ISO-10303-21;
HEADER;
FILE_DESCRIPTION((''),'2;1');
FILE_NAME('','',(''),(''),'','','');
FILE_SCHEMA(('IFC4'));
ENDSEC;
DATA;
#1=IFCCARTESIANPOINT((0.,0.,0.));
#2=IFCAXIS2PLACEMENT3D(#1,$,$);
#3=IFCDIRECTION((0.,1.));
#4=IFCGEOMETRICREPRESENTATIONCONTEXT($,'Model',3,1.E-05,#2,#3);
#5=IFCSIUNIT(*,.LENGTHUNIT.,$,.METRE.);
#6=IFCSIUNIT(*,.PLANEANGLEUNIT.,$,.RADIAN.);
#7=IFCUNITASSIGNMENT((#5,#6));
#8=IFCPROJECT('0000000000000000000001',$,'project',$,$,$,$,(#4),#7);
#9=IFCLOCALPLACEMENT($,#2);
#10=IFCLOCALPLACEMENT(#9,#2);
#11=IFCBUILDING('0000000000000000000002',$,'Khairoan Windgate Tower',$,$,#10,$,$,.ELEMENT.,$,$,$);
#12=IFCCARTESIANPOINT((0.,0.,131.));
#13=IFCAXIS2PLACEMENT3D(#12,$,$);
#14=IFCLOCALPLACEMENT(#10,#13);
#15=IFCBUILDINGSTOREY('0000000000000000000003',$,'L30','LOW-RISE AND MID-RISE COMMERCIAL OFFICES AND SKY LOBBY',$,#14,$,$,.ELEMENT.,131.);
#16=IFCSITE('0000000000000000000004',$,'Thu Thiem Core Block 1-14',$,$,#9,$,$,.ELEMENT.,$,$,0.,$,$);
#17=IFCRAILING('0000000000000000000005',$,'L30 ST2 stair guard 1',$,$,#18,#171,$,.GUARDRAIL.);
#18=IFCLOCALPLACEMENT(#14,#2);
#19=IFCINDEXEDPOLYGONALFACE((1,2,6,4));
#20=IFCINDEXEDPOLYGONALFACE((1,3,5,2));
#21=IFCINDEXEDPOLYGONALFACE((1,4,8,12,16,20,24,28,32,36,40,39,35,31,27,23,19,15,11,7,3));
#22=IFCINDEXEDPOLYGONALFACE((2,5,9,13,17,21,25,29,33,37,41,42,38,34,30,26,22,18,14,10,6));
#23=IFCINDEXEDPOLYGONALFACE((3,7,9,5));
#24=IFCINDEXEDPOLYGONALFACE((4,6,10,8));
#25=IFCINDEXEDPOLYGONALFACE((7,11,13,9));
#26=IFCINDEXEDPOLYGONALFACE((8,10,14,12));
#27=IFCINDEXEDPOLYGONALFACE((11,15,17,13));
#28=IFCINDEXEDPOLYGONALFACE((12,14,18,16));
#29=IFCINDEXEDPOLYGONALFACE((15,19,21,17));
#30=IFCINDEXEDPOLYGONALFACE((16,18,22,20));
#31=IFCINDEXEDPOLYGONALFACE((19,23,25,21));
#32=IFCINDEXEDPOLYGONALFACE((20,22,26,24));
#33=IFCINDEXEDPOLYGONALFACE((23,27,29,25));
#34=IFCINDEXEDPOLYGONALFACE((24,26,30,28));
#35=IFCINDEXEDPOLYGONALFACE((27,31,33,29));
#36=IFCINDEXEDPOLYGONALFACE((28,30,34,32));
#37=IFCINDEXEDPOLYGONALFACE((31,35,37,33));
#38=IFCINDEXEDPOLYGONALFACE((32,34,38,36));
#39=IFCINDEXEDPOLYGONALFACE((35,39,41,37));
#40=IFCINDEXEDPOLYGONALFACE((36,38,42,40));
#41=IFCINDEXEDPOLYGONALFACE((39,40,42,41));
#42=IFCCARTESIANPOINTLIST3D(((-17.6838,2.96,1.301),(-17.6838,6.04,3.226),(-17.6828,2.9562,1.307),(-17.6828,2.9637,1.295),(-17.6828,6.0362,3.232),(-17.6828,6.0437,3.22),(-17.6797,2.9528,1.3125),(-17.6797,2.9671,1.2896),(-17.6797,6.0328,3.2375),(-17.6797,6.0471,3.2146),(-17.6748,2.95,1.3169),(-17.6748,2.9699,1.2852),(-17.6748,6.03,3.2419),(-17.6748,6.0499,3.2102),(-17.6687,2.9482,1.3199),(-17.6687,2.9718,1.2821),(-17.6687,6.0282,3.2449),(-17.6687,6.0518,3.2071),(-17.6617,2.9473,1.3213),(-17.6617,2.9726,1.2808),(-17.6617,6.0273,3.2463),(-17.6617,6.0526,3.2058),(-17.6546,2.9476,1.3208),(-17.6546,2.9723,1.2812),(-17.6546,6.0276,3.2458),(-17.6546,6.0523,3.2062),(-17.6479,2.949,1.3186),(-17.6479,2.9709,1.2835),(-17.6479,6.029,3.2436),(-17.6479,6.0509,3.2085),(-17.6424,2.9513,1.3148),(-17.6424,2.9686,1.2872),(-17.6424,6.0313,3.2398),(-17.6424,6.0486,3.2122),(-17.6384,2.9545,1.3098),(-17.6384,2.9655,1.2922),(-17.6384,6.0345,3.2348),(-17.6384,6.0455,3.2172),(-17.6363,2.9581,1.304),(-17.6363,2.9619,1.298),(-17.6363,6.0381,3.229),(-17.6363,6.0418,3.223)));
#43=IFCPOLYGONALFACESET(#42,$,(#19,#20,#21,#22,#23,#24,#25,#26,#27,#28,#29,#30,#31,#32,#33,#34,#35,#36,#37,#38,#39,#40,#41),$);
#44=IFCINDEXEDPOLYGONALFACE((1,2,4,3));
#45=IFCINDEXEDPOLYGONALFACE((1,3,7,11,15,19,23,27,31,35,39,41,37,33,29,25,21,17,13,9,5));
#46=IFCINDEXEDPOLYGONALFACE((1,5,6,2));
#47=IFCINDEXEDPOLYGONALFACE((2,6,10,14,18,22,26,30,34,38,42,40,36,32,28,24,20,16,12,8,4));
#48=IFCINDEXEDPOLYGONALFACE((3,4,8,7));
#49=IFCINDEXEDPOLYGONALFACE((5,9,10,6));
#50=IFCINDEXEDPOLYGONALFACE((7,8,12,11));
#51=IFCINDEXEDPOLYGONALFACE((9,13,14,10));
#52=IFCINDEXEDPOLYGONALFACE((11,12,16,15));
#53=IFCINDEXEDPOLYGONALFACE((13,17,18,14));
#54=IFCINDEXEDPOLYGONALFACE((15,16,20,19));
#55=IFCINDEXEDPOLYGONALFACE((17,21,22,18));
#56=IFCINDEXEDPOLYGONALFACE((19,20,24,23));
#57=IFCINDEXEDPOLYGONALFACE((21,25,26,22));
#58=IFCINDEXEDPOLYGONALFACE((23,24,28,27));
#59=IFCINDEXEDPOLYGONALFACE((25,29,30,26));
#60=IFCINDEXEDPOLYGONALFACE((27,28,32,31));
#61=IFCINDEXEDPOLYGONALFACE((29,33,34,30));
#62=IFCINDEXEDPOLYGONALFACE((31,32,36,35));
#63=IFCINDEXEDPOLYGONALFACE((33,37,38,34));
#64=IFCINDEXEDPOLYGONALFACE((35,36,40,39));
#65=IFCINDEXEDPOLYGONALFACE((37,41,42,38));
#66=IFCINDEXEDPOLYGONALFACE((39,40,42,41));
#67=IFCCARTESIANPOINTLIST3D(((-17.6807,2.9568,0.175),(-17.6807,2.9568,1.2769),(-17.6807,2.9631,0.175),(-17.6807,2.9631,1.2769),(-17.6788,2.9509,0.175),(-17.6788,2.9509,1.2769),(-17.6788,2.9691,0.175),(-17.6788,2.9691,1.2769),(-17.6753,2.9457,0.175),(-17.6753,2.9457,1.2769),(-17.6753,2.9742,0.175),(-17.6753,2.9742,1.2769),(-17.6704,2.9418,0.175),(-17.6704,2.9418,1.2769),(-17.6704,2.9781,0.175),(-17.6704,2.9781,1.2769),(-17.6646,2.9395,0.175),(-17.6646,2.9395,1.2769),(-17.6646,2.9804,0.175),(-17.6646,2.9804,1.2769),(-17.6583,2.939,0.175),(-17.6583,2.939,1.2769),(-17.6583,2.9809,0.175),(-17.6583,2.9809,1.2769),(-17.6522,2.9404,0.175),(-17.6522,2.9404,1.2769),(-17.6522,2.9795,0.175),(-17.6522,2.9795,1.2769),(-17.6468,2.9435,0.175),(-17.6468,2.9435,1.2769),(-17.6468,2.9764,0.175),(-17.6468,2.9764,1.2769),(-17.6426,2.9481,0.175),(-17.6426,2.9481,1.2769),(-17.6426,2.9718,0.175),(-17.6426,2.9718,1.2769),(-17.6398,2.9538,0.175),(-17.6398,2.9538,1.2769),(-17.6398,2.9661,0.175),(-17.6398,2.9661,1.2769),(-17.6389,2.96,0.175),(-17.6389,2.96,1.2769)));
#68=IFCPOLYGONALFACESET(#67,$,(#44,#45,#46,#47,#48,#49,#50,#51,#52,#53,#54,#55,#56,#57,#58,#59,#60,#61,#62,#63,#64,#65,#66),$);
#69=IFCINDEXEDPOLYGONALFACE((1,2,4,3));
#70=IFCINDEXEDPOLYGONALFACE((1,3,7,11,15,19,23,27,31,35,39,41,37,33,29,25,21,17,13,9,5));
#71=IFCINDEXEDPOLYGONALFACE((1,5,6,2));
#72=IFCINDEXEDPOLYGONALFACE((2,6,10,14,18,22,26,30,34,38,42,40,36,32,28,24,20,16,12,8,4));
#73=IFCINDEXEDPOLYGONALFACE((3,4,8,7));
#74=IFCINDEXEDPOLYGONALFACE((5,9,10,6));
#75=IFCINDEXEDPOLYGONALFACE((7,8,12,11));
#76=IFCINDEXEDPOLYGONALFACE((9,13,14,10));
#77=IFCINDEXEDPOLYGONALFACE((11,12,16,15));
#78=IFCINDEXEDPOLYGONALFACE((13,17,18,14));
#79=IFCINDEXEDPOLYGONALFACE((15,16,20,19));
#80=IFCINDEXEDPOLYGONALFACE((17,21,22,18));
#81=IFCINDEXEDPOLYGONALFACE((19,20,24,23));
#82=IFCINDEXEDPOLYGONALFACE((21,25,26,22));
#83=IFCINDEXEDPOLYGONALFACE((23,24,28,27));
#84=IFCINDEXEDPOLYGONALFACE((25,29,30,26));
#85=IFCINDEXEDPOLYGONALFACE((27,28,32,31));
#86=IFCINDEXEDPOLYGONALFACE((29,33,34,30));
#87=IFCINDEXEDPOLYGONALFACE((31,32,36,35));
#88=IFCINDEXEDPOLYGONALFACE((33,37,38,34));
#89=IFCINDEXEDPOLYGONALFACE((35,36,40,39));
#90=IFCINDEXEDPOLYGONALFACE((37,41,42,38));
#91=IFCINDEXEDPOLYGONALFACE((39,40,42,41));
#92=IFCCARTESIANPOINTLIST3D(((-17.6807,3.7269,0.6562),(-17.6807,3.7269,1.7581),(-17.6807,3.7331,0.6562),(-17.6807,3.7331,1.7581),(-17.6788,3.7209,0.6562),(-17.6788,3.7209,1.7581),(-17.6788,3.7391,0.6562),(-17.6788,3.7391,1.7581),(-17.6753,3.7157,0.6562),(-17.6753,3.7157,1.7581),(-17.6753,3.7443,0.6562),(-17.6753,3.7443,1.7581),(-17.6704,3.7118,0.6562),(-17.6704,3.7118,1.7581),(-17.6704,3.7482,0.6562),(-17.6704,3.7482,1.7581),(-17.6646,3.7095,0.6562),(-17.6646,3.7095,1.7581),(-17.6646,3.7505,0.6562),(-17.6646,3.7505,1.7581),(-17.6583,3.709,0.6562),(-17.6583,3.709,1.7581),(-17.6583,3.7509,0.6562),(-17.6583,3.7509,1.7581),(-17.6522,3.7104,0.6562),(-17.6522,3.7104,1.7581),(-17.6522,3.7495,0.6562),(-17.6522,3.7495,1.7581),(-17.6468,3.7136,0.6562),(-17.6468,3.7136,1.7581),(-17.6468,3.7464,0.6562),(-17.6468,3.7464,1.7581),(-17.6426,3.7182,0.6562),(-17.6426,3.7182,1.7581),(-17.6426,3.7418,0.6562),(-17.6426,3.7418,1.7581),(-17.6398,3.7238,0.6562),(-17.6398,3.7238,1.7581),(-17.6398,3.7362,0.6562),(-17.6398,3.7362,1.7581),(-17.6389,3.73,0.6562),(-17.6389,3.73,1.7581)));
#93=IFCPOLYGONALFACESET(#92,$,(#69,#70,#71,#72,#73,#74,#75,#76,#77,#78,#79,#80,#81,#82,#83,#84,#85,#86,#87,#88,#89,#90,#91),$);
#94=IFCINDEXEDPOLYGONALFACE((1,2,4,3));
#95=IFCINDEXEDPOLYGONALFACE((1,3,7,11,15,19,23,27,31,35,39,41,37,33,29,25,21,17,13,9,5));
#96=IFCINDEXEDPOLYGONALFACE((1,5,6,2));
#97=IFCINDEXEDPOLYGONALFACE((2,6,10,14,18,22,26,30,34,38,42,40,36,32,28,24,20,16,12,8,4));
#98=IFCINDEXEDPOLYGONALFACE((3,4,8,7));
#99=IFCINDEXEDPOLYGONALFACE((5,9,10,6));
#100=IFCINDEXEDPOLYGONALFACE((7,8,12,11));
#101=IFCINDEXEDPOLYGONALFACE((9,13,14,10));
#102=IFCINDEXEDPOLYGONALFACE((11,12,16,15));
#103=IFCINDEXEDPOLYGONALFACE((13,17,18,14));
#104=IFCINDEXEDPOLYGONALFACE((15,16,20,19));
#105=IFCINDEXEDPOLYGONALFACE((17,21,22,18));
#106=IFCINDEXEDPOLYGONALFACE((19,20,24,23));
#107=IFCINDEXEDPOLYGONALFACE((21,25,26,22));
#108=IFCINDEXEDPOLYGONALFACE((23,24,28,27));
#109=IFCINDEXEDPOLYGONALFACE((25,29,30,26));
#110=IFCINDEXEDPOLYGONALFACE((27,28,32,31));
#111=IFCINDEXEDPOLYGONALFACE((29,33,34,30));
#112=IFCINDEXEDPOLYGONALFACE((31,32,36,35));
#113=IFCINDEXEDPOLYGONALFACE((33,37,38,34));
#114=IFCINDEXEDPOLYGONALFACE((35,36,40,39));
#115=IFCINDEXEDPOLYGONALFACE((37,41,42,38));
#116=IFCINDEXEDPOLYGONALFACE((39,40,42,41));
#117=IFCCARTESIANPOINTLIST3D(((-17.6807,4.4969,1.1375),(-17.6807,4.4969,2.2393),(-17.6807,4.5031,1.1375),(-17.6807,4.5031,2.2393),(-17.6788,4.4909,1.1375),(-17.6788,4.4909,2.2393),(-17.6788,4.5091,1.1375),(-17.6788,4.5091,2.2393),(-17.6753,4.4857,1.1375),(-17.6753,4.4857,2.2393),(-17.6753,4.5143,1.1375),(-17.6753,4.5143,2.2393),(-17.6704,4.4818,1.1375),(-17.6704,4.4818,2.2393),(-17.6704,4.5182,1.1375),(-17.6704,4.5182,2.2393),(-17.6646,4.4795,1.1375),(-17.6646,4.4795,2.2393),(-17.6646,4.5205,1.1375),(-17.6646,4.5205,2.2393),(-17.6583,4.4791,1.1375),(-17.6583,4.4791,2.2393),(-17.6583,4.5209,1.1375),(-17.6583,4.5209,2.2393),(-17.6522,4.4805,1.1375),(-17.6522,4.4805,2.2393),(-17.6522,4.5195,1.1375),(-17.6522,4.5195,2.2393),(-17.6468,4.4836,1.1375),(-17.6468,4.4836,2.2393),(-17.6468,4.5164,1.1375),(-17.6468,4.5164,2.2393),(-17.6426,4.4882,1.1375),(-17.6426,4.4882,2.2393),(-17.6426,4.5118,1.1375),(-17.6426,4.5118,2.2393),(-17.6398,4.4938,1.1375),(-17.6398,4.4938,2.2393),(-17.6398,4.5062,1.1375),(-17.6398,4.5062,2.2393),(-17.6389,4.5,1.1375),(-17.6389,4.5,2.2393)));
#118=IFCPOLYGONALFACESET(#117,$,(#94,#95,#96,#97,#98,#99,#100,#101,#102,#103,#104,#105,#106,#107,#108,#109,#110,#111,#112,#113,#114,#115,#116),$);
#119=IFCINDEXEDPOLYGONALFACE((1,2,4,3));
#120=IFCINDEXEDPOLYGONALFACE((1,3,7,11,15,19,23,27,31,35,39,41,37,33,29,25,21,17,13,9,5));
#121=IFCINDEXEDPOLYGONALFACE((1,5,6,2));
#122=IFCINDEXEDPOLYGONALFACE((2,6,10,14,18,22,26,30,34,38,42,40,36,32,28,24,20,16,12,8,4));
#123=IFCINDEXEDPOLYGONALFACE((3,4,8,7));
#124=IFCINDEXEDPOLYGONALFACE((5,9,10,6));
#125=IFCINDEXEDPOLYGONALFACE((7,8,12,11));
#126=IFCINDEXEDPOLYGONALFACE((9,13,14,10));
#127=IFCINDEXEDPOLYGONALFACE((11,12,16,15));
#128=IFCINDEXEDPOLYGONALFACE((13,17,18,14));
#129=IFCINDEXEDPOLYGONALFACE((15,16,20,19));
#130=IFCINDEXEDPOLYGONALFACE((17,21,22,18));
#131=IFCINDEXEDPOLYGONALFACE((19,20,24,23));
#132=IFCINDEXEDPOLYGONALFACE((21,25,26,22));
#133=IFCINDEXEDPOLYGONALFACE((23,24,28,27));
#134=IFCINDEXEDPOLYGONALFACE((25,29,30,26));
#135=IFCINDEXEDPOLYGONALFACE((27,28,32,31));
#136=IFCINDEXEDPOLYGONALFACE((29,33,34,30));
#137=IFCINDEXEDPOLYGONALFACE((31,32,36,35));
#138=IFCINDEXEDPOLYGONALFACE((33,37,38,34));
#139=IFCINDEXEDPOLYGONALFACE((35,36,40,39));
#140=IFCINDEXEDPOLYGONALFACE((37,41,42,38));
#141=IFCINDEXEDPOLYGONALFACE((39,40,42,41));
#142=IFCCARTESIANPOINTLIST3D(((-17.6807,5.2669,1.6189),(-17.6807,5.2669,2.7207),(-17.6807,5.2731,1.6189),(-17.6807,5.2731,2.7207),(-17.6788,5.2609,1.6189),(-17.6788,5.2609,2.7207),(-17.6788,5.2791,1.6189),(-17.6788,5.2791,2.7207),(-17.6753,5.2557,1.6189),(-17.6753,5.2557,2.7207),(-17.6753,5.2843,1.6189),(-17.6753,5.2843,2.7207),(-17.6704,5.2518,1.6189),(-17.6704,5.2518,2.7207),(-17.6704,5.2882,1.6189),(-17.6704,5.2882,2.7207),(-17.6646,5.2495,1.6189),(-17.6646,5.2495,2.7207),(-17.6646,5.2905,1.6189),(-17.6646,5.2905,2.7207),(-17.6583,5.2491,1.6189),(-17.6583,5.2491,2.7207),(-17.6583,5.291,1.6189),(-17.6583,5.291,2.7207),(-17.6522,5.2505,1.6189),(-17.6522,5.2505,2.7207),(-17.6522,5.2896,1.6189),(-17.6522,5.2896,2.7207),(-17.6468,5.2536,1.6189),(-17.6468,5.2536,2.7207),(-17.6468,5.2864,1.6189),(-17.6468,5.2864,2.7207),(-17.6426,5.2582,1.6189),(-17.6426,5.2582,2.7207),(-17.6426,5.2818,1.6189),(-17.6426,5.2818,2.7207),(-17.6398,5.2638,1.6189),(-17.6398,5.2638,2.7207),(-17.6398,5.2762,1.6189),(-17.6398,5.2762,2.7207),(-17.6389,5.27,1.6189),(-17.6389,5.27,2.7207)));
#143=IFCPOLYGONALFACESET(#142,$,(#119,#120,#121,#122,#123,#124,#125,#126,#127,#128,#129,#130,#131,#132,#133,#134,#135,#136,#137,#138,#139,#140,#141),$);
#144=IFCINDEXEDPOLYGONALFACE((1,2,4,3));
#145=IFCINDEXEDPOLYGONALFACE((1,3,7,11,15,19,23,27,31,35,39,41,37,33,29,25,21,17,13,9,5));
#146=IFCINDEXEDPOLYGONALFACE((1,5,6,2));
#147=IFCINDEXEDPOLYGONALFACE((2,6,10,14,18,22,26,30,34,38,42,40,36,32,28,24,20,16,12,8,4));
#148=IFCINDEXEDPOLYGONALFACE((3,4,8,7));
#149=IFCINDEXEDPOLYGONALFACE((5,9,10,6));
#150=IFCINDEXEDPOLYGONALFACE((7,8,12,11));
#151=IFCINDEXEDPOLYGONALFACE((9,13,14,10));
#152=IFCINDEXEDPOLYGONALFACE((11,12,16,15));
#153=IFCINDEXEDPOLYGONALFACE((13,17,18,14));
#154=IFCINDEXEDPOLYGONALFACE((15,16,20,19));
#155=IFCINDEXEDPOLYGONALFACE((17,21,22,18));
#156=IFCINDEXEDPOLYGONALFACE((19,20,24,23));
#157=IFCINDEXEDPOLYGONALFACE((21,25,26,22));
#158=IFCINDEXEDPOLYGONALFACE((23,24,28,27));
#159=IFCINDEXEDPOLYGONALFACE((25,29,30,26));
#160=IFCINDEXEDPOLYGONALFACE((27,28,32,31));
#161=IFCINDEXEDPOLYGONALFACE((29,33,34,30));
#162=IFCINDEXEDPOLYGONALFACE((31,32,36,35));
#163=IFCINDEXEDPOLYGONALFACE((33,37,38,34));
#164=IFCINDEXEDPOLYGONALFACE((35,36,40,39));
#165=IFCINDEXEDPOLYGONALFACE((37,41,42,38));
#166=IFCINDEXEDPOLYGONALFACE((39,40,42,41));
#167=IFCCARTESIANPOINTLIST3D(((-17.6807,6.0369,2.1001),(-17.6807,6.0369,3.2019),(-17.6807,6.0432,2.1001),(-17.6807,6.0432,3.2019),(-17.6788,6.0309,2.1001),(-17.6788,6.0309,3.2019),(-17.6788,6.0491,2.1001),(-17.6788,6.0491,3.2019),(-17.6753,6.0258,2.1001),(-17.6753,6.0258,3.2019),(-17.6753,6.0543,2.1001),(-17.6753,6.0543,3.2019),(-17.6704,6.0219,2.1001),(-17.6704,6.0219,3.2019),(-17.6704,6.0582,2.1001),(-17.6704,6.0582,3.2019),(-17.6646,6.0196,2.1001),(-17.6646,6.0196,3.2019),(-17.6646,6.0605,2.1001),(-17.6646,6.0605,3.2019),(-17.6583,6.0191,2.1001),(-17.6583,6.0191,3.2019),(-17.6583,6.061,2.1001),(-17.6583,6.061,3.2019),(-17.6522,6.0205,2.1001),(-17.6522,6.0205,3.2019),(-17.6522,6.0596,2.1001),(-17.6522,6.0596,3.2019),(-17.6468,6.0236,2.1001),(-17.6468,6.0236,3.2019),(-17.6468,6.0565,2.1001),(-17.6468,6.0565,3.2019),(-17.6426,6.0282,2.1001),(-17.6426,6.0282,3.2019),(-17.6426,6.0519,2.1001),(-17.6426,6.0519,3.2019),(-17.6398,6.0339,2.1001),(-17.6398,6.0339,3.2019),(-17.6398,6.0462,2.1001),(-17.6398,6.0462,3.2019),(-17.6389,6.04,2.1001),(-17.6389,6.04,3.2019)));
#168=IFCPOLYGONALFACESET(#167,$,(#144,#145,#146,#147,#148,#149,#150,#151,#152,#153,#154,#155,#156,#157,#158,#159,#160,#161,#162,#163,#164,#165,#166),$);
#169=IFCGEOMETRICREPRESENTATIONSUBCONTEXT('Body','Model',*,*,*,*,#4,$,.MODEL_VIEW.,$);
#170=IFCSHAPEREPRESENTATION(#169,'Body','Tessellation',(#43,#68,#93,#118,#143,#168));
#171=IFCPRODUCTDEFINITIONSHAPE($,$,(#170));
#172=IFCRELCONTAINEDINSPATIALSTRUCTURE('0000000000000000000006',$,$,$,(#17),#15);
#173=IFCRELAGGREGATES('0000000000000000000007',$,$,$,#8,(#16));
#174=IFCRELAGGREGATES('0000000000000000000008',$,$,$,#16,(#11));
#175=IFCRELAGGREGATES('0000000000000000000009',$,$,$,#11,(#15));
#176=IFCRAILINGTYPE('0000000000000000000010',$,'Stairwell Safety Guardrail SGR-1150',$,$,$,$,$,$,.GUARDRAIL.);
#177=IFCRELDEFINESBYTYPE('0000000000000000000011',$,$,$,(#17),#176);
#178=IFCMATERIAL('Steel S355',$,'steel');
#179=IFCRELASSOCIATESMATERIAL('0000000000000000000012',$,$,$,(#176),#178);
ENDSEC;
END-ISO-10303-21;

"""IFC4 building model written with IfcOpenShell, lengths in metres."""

from ifc_helpers import new_model, si_unit, direction, frame, origin, origin_2d, place, context, subcontext, project, spatial, circle, extrude, material, type_object, element, save


model = new_model("IFC4")

# Units and contexts
model_context = context("Model", 3, precision=1e-05, world=origin(), true_north=direction((0.0, 1.0)))
body_context = subcontext(model_context, "Body", "Model", "MODEL_VIEW")
ifc_project = project(units=[si_unit("LENGTHUNIT", "METRE"), si_unit("PLANEANGLEUNIT", "RADIAN")], contexts=[model_context])

# Site, building, storey
site_placement = place(None, origin())
site = spatial("IfcSite", under=ifc_project, at=site_placement, Name="Thu Thiem Core Block 1-14", CompositionType="ELEMENT", RefElevation=0.0)
building_placement = place(site_placement, origin())
building = spatial("IfcBuilding", under=site, at=building_placement, Name="Khairoan Windgate Tower", CompositionType="ELEMENT")
storey_placement = place(building_placement, frame((0.0, 0.0, 131.0)))
storey = spatial("IfcBuildingStorey", under=building, at=storey_placement, Name="L30", Description="LOW-RISE AND MID-RISE COMMERCIAL OFFICES AND SKY LOBBY", CompositionType="ELEMENT", Elevation=131.0)

# Railing
ifc_material_1 = material(Name="Steel S355", Category="steel")
railing_type_1 = type_object("IfcRailingType", Name="Stairwell Safety Guardrail SGR-1150", PredefinedType="GUARDRAIL", material=ifc_material_1)
railing_1_placement = place(storey_placement, frame((-17.6599, 2.96, 0.175)))
element("IfcRailing", 1, at=railing_1_placement, inside=storey, type_object=railing_type_1, Name="L30 ST2 stair guard 1", PredefinedType="GUARDRAIL", context=body_context, shape_type="SweptSolid", body=[
    extrude(circle(Radius=0.0239, at=origin_2d()), frame((0.0, 0.0, 1.126), z_axis=(0.0, 0.847998, 0.529999), x_axis=(-1.0, 0.0, 0.0)), (0.0, 0.0, 1.0), 3.6321),
    extrude(circle(Radius=0.021, at=origin_2d()), origin(), (0.0, 0.0, 1.0), 1.1018),
    extrude(circle(Radius=0.021, at=origin_2d()), frame((0.0, 0.77, 0.4812)), (0.0, 0.0, 1.0), 1.1018),
    extrude(circle(Radius=0.021, at=origin_2d()), frame((0.0, 1.54, 0.9624)), (0.0, 0.0, 1.0), 1.1018),
    extrude(circle(Radius=0.021, at=origin_2d()), frame((0.0, 2.3101, 1.4438)), (0.0, 0.0, 1.0), 1.1018),
    extrude(circle(Radius=0.021, at=origin_2d()), frame((0.0, 3.0801, 1.925)), (0.0, 0.0, 1.0), 1.1018),
])

save(model, "model.ifc")
